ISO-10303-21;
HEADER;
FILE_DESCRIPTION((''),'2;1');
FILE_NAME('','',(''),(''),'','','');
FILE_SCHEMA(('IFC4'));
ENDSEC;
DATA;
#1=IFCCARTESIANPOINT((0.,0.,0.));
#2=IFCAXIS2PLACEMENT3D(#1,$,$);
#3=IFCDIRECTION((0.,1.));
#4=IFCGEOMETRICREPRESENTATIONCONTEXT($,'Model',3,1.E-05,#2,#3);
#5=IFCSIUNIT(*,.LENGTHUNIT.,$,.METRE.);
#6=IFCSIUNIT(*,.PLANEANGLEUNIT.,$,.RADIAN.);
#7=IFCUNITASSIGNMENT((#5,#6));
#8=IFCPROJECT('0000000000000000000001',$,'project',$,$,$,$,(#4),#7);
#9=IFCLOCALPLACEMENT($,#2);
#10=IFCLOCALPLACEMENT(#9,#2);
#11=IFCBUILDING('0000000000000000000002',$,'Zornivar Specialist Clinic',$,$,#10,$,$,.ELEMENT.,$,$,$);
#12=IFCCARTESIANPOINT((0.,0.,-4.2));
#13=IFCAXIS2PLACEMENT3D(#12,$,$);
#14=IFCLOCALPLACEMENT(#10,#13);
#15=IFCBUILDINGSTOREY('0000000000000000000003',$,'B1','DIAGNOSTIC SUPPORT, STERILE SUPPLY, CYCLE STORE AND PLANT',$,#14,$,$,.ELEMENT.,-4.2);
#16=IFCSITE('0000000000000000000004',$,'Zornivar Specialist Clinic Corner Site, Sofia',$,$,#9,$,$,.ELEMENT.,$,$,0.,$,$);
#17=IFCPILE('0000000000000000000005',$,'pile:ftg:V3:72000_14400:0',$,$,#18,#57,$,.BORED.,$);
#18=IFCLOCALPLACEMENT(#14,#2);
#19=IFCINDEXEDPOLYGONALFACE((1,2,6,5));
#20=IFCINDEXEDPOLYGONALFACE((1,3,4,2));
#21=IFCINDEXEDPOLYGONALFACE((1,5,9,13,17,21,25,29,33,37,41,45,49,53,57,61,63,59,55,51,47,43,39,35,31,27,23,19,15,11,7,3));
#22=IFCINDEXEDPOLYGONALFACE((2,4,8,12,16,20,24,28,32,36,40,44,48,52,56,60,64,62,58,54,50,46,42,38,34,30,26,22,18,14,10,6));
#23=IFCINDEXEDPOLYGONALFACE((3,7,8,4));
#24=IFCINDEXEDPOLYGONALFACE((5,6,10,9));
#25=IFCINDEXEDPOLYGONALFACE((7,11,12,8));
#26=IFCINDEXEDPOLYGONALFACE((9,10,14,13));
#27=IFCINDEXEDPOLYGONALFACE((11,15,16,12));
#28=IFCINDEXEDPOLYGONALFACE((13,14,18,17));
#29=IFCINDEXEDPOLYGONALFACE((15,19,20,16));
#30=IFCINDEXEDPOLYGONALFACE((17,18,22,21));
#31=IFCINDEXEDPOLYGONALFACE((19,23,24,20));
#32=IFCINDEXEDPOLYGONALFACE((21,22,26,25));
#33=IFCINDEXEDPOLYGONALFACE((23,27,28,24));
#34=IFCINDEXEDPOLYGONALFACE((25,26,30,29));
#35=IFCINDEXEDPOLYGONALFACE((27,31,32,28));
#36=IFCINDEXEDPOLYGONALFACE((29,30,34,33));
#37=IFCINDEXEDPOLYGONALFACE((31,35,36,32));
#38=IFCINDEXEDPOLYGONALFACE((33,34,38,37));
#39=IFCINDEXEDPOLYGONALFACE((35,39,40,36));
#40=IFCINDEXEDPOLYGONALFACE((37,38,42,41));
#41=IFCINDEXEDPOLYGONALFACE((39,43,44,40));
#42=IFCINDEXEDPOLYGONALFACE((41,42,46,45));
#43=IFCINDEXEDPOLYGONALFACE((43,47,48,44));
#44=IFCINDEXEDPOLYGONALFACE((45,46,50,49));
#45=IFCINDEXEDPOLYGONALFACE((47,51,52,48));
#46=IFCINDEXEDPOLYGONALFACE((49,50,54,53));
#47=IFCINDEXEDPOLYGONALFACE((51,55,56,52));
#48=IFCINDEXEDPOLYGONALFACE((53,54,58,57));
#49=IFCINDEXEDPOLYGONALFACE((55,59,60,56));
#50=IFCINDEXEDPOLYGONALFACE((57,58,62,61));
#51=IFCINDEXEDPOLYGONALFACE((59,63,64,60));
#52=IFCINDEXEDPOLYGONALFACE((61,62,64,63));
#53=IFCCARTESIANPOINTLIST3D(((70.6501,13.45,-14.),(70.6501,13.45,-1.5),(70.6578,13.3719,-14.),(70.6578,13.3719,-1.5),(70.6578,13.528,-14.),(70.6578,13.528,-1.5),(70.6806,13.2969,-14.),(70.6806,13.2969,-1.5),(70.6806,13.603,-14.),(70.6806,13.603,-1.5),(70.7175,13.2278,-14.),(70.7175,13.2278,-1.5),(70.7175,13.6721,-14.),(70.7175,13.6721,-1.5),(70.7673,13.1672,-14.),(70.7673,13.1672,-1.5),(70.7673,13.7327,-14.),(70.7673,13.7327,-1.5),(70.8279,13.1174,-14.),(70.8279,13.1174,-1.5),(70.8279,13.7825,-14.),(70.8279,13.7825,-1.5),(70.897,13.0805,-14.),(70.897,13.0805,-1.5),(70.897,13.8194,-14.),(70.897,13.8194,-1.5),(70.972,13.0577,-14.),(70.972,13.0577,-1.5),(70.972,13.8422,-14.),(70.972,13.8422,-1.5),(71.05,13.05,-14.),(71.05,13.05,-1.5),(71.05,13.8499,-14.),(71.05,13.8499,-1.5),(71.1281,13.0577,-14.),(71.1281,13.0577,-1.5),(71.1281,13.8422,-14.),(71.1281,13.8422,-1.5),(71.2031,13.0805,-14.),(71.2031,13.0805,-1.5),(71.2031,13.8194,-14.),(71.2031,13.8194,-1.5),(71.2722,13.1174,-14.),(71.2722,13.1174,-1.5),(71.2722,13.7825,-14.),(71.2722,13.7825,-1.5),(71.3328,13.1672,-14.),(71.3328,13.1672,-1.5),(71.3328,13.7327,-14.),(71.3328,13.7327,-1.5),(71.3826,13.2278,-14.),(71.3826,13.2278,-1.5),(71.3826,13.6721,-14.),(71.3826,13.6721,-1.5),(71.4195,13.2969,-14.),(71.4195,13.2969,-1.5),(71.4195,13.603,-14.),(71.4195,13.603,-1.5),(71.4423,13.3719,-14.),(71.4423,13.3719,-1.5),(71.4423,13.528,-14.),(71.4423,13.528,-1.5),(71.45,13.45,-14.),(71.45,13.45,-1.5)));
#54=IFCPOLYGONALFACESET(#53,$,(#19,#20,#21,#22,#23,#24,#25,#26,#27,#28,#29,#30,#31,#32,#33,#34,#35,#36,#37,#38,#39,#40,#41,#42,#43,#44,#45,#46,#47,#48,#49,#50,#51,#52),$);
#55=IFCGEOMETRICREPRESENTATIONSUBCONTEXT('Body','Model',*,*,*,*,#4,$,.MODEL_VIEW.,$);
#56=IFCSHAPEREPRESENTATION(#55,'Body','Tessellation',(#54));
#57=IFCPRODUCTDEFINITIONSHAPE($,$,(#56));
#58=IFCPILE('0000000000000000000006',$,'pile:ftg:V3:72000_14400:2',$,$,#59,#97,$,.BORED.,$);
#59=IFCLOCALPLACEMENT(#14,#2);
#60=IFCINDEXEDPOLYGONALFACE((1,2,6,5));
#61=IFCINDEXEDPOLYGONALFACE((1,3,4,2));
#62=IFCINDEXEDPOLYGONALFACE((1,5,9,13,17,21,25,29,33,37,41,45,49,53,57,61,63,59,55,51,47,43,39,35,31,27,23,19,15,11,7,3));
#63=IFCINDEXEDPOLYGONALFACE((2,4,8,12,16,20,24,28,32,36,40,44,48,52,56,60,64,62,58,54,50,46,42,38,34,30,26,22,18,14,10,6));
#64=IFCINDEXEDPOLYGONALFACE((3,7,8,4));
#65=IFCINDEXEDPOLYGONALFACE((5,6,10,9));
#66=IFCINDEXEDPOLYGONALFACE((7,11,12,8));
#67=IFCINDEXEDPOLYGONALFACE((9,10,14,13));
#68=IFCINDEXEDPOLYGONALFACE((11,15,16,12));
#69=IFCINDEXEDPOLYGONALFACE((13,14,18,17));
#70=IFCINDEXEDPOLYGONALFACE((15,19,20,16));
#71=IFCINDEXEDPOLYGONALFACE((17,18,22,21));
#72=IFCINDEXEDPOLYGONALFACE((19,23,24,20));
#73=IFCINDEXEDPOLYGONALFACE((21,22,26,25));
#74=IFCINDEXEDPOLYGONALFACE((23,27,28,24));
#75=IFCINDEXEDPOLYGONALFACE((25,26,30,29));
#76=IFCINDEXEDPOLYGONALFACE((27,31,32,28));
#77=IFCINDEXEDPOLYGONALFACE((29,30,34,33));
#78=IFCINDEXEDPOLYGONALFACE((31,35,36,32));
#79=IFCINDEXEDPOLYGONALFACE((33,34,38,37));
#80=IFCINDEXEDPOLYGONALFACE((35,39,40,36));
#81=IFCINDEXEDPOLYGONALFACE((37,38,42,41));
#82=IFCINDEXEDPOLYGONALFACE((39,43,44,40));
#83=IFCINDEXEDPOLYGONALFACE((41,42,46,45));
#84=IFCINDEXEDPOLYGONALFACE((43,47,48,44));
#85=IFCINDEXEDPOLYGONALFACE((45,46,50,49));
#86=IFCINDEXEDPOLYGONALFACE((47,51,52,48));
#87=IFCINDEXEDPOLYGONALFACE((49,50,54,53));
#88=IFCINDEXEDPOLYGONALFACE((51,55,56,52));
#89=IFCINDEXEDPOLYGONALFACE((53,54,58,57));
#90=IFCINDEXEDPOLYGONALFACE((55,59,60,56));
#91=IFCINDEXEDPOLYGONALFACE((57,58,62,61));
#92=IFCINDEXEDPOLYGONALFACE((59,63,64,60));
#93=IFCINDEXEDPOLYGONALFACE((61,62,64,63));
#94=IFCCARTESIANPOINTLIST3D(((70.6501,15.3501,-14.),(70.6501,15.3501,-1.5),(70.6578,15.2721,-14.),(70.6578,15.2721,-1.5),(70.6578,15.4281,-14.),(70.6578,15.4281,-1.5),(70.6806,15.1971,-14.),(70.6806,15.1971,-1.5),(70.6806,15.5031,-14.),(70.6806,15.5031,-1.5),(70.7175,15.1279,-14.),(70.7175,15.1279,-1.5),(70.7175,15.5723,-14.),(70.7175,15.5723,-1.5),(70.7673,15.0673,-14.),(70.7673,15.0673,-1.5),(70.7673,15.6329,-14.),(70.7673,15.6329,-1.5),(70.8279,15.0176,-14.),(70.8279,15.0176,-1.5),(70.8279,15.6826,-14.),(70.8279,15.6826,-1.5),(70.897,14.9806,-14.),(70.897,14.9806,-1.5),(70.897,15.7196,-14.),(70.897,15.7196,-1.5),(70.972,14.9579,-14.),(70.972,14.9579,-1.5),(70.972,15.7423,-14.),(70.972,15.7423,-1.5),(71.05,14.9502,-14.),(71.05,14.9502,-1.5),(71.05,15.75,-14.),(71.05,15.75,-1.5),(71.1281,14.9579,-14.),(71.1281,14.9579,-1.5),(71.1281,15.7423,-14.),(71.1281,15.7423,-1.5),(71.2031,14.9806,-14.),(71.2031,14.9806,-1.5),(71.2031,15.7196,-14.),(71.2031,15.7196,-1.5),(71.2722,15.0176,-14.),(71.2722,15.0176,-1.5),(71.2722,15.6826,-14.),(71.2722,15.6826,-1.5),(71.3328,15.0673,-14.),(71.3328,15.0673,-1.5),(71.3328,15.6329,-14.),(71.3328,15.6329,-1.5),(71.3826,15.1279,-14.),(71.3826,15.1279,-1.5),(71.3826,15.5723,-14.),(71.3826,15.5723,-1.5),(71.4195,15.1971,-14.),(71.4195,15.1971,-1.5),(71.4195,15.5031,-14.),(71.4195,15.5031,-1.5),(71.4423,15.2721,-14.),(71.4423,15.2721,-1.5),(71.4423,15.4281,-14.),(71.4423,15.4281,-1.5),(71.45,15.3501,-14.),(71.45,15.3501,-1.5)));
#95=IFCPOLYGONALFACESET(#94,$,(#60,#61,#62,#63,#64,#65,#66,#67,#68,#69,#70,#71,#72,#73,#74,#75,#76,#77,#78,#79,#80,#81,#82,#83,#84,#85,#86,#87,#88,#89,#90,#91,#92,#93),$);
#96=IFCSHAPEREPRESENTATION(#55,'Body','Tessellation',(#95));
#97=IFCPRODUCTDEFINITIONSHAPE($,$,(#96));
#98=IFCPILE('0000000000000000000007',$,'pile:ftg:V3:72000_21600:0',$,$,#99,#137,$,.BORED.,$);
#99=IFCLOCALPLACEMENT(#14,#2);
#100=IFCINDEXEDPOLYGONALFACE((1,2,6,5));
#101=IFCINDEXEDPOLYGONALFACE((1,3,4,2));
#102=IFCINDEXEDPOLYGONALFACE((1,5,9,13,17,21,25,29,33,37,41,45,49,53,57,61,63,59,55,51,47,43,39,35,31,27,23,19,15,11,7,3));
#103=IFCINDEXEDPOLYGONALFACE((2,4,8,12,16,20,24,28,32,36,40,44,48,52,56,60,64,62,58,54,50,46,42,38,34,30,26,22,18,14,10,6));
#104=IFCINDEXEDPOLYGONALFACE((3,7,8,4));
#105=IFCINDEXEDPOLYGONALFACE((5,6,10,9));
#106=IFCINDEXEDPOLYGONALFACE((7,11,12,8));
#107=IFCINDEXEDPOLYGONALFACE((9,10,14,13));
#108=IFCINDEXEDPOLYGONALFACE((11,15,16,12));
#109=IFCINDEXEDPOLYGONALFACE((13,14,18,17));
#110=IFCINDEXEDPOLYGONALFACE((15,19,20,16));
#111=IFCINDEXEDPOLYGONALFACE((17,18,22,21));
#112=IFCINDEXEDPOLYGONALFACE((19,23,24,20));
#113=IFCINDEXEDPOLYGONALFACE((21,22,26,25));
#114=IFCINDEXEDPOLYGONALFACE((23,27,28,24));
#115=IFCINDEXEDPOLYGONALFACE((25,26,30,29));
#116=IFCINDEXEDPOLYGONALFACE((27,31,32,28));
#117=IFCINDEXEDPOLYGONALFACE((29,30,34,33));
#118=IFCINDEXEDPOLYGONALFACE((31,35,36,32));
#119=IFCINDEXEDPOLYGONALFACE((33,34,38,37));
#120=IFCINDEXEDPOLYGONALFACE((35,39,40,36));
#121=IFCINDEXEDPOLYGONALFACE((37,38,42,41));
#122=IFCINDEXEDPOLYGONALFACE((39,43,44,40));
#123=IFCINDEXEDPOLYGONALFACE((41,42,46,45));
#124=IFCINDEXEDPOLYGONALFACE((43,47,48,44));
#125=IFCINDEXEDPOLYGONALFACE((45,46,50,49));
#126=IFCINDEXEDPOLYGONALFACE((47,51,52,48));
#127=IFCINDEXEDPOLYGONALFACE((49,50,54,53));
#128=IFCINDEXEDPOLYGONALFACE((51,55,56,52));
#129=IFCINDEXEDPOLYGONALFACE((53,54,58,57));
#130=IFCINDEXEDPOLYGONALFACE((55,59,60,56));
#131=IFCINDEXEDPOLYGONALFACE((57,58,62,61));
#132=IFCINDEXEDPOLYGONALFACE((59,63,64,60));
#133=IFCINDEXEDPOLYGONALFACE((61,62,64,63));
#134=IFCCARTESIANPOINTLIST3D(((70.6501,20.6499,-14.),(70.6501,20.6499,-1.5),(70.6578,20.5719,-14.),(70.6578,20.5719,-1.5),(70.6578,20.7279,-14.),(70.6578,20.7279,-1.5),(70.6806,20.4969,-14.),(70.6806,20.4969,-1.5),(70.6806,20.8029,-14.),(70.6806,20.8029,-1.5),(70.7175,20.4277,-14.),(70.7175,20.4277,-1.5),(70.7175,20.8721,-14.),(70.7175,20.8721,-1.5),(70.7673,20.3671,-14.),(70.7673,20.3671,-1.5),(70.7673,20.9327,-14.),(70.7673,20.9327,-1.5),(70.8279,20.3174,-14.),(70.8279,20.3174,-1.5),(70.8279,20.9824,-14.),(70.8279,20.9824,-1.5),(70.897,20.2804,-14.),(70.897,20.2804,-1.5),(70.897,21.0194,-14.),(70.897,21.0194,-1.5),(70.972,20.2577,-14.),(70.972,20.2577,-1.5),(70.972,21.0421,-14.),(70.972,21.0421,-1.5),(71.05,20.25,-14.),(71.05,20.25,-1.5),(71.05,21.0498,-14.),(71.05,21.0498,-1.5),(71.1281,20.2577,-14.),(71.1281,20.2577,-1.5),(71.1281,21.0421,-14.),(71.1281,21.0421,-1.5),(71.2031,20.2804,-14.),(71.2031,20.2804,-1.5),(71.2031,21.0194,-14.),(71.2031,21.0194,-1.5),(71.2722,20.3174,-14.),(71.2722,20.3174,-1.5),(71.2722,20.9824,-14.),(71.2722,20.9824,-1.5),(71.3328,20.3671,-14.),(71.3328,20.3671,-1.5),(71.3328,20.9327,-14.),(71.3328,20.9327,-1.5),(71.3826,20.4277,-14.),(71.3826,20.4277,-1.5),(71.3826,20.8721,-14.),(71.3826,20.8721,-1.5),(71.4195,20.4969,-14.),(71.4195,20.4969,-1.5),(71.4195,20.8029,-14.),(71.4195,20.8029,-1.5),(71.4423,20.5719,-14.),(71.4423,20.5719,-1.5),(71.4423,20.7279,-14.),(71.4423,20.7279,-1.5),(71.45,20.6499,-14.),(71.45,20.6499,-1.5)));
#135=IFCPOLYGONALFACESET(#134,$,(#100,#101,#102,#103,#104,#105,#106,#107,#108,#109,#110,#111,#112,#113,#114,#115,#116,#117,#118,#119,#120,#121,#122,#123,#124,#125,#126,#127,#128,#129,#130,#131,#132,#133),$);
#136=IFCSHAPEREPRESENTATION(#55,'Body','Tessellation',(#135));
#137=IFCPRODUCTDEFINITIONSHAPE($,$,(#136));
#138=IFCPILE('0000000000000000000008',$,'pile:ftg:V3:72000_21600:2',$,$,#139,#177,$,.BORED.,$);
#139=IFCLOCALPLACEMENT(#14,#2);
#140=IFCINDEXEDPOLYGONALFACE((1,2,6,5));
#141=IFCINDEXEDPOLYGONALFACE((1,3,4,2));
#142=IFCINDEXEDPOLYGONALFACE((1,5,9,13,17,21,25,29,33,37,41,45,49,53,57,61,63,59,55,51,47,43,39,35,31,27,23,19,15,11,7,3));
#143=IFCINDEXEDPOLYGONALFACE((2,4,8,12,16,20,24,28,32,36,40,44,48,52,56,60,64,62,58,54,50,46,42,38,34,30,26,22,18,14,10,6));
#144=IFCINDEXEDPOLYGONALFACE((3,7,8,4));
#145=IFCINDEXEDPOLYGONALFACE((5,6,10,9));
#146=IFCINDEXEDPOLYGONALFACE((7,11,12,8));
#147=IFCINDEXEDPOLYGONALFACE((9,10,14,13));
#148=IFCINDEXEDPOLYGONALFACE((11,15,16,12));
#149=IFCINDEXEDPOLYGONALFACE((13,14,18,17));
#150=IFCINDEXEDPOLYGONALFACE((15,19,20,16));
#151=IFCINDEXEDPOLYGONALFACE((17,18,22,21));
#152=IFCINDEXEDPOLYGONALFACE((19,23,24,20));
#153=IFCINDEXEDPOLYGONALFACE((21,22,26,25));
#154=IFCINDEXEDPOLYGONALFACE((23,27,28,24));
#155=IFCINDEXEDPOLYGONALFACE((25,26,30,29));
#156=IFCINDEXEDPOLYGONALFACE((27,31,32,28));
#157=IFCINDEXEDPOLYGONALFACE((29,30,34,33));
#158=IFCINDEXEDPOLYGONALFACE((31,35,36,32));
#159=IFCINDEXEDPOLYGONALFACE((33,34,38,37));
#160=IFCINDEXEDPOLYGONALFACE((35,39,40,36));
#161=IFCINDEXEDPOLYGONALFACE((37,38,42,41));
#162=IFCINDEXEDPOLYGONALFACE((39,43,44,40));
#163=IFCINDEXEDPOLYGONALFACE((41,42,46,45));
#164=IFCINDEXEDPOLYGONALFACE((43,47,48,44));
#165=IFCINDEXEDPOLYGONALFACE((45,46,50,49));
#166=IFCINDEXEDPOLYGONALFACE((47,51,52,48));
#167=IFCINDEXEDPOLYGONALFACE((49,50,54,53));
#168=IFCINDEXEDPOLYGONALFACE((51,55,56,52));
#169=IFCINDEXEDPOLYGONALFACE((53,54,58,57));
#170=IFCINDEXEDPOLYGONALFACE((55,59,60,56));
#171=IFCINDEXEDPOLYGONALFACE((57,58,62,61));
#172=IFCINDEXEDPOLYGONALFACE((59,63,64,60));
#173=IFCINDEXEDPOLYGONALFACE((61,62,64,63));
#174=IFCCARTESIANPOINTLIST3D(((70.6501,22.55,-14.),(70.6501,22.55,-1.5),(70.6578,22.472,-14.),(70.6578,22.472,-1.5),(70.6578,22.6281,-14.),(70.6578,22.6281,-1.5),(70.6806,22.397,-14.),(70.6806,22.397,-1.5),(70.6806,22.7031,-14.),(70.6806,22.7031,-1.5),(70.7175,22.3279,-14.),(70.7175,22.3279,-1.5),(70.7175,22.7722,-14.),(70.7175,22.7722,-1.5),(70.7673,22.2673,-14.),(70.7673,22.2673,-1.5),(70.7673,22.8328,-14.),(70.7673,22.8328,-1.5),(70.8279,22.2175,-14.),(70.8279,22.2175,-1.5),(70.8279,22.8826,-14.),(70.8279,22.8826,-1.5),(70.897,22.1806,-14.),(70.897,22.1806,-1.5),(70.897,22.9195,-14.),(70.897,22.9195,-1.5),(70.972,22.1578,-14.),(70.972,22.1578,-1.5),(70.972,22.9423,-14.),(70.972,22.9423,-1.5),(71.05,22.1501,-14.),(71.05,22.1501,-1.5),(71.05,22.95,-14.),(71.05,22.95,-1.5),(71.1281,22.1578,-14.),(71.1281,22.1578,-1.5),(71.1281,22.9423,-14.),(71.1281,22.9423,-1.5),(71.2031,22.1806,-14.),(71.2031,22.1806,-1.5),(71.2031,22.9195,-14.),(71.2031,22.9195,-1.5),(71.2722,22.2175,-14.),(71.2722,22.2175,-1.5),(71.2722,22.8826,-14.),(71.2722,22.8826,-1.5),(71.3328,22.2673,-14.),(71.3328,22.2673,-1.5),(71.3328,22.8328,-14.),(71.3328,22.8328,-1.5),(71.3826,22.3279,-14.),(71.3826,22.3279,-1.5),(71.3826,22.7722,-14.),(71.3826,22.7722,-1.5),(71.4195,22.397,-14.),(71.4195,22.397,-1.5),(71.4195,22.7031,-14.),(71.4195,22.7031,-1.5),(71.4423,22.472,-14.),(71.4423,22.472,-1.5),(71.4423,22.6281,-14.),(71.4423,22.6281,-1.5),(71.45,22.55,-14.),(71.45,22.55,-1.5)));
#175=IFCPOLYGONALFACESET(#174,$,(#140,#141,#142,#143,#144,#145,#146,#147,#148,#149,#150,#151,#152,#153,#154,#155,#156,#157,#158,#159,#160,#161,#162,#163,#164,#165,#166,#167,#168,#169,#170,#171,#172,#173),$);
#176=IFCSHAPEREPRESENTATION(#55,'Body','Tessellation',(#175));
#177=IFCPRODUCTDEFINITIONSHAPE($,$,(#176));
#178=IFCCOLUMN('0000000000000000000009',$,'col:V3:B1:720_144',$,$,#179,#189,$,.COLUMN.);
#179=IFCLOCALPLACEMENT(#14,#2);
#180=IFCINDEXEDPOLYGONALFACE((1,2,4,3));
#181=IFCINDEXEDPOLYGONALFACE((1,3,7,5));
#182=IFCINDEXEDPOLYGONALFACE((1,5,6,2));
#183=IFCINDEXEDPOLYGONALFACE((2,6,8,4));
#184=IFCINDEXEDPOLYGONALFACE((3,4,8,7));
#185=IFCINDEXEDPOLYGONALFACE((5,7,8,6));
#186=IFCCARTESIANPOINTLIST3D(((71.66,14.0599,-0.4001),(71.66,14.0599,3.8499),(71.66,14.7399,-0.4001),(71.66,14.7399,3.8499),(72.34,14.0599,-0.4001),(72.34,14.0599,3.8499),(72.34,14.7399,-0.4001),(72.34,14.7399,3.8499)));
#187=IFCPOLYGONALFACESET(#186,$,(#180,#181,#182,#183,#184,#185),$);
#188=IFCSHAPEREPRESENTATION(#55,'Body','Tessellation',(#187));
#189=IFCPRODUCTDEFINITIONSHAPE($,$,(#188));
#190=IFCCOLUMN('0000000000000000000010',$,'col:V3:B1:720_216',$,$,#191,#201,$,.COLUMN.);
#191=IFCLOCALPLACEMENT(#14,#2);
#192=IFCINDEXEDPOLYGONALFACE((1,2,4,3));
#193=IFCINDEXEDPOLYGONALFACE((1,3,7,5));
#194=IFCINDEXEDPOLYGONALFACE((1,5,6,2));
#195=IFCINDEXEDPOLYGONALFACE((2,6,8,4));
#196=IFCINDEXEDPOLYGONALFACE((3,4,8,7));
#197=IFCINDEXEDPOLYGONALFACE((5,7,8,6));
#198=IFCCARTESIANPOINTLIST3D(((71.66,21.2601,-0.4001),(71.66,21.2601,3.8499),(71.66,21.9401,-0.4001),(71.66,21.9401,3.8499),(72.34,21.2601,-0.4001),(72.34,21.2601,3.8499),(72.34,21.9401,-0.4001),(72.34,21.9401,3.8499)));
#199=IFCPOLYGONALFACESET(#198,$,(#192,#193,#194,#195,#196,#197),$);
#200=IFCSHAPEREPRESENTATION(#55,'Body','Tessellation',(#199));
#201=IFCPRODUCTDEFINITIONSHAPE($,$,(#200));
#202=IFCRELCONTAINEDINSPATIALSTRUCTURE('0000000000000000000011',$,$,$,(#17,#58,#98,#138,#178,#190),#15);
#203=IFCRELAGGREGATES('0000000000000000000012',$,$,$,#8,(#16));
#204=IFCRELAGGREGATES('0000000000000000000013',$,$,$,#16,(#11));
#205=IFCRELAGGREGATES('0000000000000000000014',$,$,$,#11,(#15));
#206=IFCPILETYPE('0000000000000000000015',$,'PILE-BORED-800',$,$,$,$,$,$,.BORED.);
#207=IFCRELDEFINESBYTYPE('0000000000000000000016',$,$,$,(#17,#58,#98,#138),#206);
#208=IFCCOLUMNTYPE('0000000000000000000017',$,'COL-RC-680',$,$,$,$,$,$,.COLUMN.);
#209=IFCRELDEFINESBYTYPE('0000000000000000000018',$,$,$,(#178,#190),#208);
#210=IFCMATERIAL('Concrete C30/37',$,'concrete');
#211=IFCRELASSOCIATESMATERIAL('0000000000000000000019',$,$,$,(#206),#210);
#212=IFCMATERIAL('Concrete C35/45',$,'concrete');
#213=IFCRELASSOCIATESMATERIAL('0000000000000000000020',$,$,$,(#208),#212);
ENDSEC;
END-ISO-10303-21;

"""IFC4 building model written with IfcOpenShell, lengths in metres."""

from ifc_helpers import new_model, si_unit, direction, frame, origin, origin_2d, place, context, subcontext, project, spatial, rectangle, circle, extrude, material, material_profile, profile_set, type_object, element, save


model = new_model("IFC4")

# Units and contexts
model_context = context("Model", 3, precision=1e-05, world=origin(), true_north=direction((0.0, 1.0)))
body_context = subcontext(model_context, "Body", "Model", "MODEL_VIEW")
ifc_project = project(units=[si_unit("LENGTHUNIT", "METRE"), si_unit("PLANEANGLEUNIT", "RADIAN")], contexts=[model_context])

# Site, building, storey
site_placement = place(None, origin())
site = spatial("IfcSite", under=ifc_project, at=site_placement, Name="Zornivar Specialist Clinic Corner Site, Sofia", CompositionType="ELEMENT", RefElevation=0.0)
building_placement = place(site_placement, origin())
building = spatial("IfcBuilding", under=site, at=building_placement, Name="Zornivar Specialist Clinic", CompositionType="ELEMENT")
storey_placement = place(building_placement, frame((0.0, 0.0, -4.2)))
storey = spatial("IfcBuildingStorey", under=building, at=storey_placement, Name="B1", Description="DIAGNOSTIC SUPPORT, STERILE SUPPLY, CYCLE STORE AND PLANT", CompositionType="ELEMENT", Elevation=-4.2)

# Piles
ifc_material_1 = material(Name="Concrete C30/37", Category="concrete")
ifc_material_profile_1 = material_profile(ifc_material_1, circle(Radius=0.3999, at=origin_2d()), Name="PILE D800")
ifc_profile_set_1 = profile_set([ifc_material_profile_1], Name="Concrete C30/37")
pile_type_1 = type_object("IfcPileType", Name="PILE-BORED-800", PredefinedType="BORED", material=ifc_profile_set_1)
for number, where, z_axis, x_axis, name in (
    (1, (71.05, 13.45, -1.5), (0.0, 0.0, -1.0), (1.0, 0.0, 0.0), "pile:ftg:V3:72000_14400:0"),
    (2, (71.05, 15.3501, -1.5), (0.0, 0.0, -1.0), (1.0, 0.0, 0.0), "pile:ftg:V3:72000_14400:2"),
    (3, (71.05, 20.6499, -1.5), (0.0, 0.0, -1.0), (1.0, 0.0, 0.0), "pile:ftg:V3:72000_21600:0"),
    (4, (71.05, 22.55, -1.5), (0.0, 0.0, -1.0), (1.0, 0.0, 0.0), "pile:ftg:V3:72000_21600:2"),
):
    element("IfcPile", number, at=place(storey_placement, frame(where, z_axis=z_axis, x_axis=x_axis)), inside=storey, type_object=pile_type_1, Name=name, PredefinedType="BORED", context=body_context, shape_type="SweptSolid", body=[
        extrude(circle(Radius=0.3999, at=origin_2d()), origin(), (0.0, 0.0, 1.0), 12.5),
    ])

# Columns
ifc_material_2 = material(Name="Concrete C35/45", Category="concrete")
ifc_material_profile_2 = material_profile(ifc_material_2, rectangle(XDim=0.6799, YDim=0.6799, at=origin_2d()), Name="RC 680x680")
ifc_profile_set_2 = profile_set([ifc_material_profile_2], Name="Concrete C35/45")
column_type = type_object("IfcColumnType", Name="COL-RC-680", PredefinedType="COLUMN", material=ifc_profile_set_2)
for number, where, z_axis, x_axis, name in (
    (5, (72.0, 14.3999, -0.4001), (0.0, 0.0, 1.0), (1.0, 0.0, 0.0), "col:V3:B1:720_144"),
    (6, (72.0, 21.6001, -0.4001), (0.0, 0.0, 1.0), (1.0, 0.0, 0.0), "col:V3:B1:720_216"),
):
    element("IfcColumn", number, at=place(storey_placement, frame(where, z_axis=z_axis, x_axis=x_axis)), inside=storey, type_object=column_type, Name=name, PredefinedType="COLUMN", context=body_context, shape_type="SweptSolid", body=[
        extrude(rectangle(XDim=0.6799, YDim=0.6799, at=origin_2d()), origin(), (0.0, 0.0, 1.0), 4.25),
    ])

save(model, "model.ifc")
